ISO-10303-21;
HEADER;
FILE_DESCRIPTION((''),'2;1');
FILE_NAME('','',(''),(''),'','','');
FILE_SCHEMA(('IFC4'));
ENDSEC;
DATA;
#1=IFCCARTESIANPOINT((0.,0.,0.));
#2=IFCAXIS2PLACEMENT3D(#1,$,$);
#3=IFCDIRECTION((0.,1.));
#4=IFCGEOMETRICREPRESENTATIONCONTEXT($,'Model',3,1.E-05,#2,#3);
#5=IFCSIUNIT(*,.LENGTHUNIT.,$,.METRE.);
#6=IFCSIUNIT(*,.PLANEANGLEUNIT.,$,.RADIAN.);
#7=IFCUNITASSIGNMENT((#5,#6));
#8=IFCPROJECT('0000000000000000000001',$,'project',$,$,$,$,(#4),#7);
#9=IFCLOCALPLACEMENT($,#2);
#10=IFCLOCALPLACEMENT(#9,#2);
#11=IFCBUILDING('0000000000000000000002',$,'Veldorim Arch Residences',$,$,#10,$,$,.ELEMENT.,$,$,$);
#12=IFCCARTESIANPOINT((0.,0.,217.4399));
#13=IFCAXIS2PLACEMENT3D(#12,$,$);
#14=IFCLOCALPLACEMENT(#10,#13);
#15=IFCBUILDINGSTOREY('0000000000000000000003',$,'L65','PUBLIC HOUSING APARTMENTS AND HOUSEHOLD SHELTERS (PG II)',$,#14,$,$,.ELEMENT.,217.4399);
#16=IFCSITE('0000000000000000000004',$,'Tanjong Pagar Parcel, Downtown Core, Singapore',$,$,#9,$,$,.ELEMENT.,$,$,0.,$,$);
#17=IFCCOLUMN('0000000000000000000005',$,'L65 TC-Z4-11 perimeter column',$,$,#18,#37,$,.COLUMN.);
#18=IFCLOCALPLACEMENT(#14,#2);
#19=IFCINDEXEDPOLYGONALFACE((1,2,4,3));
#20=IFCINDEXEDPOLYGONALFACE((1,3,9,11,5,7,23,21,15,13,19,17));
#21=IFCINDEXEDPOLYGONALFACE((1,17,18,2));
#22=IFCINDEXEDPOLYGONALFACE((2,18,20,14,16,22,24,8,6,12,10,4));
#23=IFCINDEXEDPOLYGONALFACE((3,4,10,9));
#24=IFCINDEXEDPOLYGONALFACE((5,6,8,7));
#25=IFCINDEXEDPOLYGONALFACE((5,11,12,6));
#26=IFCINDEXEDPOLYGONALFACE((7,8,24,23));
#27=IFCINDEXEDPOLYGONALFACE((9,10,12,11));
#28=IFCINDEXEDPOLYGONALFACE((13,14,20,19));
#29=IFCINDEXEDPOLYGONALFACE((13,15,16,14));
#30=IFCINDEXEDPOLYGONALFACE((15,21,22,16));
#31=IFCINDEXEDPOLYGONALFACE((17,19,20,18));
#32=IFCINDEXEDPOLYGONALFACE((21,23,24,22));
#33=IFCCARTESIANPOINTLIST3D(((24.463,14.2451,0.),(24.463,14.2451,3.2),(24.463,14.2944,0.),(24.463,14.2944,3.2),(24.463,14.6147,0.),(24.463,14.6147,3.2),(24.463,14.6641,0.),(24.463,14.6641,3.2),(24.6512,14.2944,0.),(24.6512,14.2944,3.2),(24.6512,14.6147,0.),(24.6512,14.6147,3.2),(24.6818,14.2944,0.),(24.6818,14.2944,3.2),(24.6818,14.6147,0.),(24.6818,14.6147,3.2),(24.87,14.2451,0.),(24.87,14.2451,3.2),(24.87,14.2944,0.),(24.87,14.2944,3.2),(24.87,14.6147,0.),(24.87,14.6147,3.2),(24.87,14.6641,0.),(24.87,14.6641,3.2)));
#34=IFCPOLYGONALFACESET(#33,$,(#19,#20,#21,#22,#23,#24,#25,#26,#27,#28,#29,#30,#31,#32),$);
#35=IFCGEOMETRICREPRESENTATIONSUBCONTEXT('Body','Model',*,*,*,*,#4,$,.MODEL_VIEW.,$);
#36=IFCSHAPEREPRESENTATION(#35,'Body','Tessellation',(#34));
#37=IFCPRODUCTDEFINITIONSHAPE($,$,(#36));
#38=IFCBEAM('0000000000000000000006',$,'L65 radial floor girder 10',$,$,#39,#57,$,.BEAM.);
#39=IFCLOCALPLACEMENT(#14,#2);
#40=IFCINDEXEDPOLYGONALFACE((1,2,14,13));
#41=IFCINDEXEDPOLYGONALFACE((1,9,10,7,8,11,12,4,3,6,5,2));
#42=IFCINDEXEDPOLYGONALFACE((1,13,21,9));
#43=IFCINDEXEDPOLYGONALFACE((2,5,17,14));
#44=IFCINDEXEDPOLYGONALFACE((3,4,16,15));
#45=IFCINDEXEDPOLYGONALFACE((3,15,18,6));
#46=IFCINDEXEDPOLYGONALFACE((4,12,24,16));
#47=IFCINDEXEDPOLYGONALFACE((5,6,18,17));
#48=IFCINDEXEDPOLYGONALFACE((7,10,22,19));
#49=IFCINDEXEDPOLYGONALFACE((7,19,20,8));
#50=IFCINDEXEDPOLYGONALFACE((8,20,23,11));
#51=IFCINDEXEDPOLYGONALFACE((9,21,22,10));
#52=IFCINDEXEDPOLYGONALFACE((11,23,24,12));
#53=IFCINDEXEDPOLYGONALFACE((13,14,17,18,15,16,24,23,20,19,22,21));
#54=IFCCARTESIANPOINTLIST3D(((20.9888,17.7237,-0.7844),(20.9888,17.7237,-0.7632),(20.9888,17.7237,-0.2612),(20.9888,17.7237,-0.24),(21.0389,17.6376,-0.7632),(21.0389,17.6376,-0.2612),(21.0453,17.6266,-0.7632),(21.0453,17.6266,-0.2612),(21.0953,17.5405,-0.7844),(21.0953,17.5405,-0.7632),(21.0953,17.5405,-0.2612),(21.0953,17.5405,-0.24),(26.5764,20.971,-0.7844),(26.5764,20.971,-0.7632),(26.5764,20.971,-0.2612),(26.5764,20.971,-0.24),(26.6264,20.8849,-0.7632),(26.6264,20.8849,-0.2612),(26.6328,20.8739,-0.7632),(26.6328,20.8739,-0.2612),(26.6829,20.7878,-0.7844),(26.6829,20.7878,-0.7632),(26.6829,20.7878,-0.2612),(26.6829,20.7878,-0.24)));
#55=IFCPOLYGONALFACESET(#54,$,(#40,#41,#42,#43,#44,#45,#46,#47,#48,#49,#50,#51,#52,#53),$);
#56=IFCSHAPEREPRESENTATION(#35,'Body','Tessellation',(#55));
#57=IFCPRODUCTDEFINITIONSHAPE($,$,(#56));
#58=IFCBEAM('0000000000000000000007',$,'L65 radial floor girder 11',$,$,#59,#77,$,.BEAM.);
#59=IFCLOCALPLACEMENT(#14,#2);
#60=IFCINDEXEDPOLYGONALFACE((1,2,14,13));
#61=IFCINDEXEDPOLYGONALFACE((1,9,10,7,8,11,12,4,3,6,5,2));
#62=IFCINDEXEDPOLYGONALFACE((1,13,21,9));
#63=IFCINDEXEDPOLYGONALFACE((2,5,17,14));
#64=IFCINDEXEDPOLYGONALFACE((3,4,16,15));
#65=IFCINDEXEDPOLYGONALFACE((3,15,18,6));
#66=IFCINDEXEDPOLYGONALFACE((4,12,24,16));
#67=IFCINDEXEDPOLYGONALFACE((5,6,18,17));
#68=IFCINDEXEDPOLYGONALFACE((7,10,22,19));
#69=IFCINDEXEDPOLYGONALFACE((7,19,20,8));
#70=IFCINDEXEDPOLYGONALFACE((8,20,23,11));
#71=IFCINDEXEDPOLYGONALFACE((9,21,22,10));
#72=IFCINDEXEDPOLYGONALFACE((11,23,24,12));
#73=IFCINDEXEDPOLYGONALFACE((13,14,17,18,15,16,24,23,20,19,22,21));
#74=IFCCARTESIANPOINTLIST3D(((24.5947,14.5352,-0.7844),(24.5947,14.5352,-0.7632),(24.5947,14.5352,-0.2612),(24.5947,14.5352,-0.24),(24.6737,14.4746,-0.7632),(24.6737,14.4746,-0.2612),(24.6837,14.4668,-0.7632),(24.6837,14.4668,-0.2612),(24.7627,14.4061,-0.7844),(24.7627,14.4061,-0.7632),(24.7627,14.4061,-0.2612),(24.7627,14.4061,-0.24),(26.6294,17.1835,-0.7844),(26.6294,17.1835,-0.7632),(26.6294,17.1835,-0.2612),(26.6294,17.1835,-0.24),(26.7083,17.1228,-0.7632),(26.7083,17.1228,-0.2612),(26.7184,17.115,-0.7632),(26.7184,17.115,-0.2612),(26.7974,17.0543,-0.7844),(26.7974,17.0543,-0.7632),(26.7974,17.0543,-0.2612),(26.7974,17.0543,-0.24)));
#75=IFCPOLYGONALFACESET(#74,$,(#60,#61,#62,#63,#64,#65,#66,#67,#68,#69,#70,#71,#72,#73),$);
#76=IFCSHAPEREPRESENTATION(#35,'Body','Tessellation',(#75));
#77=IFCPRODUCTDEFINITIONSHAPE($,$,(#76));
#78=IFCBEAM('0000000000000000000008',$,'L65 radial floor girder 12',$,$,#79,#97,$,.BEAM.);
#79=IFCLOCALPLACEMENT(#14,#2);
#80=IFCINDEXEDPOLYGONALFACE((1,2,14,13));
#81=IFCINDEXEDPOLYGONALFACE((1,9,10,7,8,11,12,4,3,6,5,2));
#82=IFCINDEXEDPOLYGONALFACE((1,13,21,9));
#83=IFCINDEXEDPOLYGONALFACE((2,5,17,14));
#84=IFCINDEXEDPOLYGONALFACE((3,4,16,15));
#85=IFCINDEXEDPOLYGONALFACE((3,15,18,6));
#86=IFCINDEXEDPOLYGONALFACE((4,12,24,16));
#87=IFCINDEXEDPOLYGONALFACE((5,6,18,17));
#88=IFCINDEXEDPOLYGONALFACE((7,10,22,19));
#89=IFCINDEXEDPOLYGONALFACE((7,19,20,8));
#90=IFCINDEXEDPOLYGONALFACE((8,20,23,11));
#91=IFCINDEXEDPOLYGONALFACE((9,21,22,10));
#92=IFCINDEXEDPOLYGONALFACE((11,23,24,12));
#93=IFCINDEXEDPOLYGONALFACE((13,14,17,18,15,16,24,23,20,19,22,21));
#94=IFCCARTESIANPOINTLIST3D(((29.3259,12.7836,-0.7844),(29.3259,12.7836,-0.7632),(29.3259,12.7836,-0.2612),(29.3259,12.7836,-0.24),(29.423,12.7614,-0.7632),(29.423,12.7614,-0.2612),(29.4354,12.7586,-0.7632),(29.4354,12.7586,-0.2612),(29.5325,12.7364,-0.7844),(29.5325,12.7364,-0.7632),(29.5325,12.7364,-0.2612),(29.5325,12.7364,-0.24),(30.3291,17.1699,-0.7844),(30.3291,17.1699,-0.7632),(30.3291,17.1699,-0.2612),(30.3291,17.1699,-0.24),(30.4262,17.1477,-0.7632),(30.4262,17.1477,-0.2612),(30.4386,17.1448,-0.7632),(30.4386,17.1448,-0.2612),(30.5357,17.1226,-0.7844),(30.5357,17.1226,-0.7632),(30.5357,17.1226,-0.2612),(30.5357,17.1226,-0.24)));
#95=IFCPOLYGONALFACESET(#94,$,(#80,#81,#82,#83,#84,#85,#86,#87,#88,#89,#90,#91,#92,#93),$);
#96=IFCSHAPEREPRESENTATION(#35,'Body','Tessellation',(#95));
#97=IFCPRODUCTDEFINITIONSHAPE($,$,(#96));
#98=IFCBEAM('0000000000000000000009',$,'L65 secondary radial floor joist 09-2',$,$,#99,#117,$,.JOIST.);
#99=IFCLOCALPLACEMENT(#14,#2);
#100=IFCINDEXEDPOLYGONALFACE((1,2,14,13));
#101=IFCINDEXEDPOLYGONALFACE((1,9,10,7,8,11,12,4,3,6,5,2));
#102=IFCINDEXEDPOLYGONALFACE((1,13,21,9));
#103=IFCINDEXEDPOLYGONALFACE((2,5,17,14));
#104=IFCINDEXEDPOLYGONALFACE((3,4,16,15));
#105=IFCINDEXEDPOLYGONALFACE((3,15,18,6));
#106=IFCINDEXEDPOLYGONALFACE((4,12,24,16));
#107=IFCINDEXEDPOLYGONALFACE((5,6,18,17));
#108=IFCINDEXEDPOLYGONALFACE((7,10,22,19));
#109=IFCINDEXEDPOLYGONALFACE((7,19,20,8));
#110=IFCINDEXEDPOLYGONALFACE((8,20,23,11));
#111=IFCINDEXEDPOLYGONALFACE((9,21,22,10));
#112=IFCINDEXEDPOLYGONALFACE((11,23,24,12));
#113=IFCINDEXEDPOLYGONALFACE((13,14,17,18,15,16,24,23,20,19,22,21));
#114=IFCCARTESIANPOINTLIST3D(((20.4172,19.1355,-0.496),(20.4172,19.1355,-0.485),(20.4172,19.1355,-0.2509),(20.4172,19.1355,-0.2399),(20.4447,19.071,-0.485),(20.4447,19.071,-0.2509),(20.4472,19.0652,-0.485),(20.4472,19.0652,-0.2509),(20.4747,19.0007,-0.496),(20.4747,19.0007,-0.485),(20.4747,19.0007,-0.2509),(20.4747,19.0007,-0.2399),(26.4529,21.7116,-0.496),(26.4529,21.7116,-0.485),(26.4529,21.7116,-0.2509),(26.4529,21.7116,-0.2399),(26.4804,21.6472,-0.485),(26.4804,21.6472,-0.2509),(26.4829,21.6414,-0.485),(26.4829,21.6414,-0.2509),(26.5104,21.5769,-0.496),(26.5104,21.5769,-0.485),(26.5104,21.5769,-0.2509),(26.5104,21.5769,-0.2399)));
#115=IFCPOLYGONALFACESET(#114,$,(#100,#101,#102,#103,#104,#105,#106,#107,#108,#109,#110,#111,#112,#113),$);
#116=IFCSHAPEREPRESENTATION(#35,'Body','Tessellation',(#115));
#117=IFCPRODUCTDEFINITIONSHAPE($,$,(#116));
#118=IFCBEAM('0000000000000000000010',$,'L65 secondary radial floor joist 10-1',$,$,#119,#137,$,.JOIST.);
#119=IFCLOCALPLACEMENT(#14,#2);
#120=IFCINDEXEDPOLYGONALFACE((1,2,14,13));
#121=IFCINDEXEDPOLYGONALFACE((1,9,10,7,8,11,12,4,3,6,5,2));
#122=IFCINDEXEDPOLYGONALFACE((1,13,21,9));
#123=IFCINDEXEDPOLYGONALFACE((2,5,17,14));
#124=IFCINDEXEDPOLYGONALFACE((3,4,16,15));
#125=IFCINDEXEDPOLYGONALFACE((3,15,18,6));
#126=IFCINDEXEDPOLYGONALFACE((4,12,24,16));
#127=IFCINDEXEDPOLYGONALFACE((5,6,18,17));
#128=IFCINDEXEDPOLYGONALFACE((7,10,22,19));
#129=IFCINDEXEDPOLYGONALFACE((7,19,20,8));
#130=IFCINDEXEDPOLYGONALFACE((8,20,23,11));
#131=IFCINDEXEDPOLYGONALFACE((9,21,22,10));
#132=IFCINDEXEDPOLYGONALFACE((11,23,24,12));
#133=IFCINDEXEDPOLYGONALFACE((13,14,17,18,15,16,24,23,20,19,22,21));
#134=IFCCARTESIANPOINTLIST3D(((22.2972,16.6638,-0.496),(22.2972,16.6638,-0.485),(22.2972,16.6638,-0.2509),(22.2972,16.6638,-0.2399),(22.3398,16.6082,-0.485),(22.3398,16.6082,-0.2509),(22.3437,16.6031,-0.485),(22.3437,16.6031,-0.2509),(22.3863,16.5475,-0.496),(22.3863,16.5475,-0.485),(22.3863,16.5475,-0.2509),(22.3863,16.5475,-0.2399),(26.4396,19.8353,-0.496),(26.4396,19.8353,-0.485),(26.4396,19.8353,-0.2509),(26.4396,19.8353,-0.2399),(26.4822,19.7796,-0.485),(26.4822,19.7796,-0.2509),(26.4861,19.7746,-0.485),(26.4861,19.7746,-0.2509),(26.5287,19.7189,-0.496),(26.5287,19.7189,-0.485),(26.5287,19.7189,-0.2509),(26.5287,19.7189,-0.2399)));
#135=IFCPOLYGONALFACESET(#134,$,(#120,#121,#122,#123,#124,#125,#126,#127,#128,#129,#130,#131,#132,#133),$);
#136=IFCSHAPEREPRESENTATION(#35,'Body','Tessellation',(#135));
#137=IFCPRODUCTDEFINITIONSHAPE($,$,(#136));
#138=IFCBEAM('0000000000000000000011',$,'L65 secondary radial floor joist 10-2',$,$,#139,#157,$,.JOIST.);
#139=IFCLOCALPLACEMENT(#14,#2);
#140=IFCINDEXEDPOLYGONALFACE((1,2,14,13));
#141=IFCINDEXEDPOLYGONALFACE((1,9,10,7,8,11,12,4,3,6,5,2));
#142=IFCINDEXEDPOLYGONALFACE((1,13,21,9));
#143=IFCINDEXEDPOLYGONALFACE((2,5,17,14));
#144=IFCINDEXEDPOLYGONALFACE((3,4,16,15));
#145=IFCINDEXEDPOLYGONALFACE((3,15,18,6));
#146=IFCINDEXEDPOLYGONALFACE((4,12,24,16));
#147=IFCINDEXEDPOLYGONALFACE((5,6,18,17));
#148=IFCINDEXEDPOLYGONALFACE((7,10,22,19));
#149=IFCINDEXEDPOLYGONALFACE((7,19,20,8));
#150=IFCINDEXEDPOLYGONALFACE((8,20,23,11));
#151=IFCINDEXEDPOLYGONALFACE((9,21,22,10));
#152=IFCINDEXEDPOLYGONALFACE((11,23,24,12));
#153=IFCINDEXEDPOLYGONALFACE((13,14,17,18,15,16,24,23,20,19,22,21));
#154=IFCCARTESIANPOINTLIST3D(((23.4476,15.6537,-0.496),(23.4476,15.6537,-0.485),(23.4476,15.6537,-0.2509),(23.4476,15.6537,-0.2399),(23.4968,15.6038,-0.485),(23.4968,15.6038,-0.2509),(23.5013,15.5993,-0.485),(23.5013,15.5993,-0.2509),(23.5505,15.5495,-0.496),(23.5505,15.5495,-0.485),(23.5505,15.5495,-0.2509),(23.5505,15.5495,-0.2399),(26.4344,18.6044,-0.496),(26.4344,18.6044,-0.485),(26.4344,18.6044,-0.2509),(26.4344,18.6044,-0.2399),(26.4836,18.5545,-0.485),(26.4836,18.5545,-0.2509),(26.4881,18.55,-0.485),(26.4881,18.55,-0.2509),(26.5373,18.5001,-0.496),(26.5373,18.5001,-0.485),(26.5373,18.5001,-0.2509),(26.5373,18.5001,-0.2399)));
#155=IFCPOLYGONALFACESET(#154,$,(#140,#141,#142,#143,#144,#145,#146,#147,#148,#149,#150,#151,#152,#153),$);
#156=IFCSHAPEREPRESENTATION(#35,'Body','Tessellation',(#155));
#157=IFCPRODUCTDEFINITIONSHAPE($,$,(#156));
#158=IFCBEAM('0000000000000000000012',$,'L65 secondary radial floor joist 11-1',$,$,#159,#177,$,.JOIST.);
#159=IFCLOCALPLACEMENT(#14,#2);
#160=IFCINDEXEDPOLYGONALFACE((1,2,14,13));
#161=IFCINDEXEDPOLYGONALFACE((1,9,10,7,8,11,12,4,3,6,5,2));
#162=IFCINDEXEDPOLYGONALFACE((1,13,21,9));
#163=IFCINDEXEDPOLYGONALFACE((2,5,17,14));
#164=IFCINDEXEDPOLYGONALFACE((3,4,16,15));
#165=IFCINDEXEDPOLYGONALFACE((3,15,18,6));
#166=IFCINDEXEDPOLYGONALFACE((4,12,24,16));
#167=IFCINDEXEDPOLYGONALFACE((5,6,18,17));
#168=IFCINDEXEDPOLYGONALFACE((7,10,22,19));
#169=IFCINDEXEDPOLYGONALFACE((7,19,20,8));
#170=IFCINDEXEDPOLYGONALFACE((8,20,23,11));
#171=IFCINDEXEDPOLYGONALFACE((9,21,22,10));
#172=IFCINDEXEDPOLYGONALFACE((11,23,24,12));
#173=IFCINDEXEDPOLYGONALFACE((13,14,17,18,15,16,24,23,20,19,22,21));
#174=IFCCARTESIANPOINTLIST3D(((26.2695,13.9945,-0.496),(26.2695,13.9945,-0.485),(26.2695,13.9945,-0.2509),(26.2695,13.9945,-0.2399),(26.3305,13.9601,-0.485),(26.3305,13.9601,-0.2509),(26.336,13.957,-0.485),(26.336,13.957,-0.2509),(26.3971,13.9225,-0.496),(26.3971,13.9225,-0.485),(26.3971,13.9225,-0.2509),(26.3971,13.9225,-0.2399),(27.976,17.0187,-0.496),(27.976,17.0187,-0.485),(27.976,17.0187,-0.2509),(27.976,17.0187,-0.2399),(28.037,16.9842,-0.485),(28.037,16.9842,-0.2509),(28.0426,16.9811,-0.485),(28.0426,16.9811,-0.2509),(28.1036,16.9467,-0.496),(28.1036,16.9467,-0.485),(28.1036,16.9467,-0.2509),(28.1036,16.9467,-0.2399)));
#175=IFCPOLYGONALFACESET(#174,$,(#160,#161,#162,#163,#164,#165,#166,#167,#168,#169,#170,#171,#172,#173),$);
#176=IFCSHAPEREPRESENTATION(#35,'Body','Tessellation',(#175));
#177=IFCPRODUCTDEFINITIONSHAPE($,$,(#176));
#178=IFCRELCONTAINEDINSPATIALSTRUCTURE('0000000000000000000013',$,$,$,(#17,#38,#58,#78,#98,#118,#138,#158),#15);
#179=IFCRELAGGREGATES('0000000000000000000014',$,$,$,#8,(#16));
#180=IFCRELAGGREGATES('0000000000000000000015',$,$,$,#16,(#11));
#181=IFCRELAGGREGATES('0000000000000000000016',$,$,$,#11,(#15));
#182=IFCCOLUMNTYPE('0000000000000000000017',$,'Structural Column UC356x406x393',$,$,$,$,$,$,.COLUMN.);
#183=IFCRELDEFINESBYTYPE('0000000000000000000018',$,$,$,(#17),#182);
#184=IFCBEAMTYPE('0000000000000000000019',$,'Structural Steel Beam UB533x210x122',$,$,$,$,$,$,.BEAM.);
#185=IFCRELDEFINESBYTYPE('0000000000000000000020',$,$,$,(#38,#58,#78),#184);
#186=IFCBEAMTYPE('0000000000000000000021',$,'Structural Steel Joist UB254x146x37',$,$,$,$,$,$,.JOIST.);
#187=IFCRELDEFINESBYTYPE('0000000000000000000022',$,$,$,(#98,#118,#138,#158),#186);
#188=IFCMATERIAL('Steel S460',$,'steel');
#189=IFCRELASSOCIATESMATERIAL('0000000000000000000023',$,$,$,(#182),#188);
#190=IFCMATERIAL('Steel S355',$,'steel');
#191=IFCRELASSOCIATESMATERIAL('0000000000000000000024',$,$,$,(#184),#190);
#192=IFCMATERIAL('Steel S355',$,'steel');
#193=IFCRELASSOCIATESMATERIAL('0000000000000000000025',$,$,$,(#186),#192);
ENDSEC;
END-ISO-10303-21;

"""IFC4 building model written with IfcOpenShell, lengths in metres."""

from ifc_helpers import new_model, si_unit, direction, frame, origin, origin_2d, place, context, subcontext, project, spatial, i_section, extrude, material, material_profile, profile_set, type_object, element, save


model = new_model("IFC4")

# Units and contexts
model_context = context("Model", 3, precision=1e-05, world=origin(), true_north=direction((0.0, 1.0)))
body_context = subcontext(model_context, "Body", "Model", "MODEL_VIEW")
ifc_project = project(units=[si_unit("LENGTHUNIT", "METRE"), si_unit("PLANEANGLEUNIT", "RADIAN")], contexts=[model_context])

# Site, building, storey
site_placement = place(None, origin())
site = spatial("IfcSite", under=ifc_project, at=site_placement, Name="Tanjong Pagar Parcel, Downtown Core, Singapore", CompositionType="ELEMENT", RefElevation=0.0)
building_placement = place(site_placement, origin())
building = spatial("IfcBuilding", under=site, at=building_placement, Name="Veldorim Arch Residences", CompositionType="ELEMENT")
storey_placement = place(building_placement, frame((0.0, 0.0, 217.4399)))
storey = spatial("IfcBuildingStorey", under=building, at=storey_placement, Name="L65", Description="PUBLIC HOUSING APARTMENTS AND HOUSEHOLD SHELTERS (PG II)", CompositionType="ELEMENT", Elevation=217.4399)

# Column
ifc_material_1 = material(Name="Steel S460", Category="steel")
ifc_material_profile_1 = material_profile(ifc_material_1, i_section(OverallWidth=0.407, OverallDepth=0.4189, WebThickness=0.0305, FlangeThickness=0.0493, at=origin_2d()), Name="UC356x406x393")
ifc_profile_set_1 = profile_set([ifc_material_profile_1], Name="Steel S460")
column_type = type_object("IfcColumnType", Name="Structural Column UC356x406x393", PredefinedType="COLUMN", material=ifc_profile_set_1)
column_placement = place(storey_placement, frame((24.6665, 14.4546, 0.0), z_axis=(0.0, 0.0, 1.0), x_axis=(1.0, 0.0, 0.0)))
element("IfcColumn", 1, at=column_placement, inside=storey, type_object=column_type, Name="L65 TC-Z4-11 perimeter column", PredefinedType="COLUMN", context=body_context, shape_type="SweptSolid", body=[
    extrude(i_section(OverallWidth=0.407, OverallDepth=0.4189, WebThickness=0.0305, FlangeThickness=0.0493, at=origin_2d()), origin(), (0.0, 0.0, 1.0), 3.2),
])

# Beams
ifc_material_2 = material(Name="Steel S355", Category="steel")
ifc_material_profile_2 = material_profile(ifc_material_2, i_section(OverallWidth=0.2119, OverallDepth=0.5444, WebThickness=0.0127, FlangeThickness=0.0212, at=origin_2d()), Name="UB533x210x122")
ifc_profile_set_2 = profile_set([ifc_material_profile_2], Name="Steel S355")
beam_type_1 = type_object("IfcBeamType", Name="Structural Steel Beam UB533x210x122", PredefinedType="BEAM", material=ifc_profile_set_2)
beam_1_placement = place(storey_placement, frame((26.6296, 20.8794, -0.5122), z_axis=(-0.864596, -0.502468, 0.0), x_axis=(0.502468, -0.864596, 0.0)))
element("IfcBeam", 2, at=beam_1_placement, inside=storey, type_object=beam_type_1, Name="L65 radial floor girder 10", PredefinedType="BEAM", context=body_context, shape_type="SweptSolid", body=[
    extrude(i_section(OverallWidth=0.2119, OverallDepth=0.5444, WebThickness=0.0127, FlangeThickness=0.0212, at=origin_2d()), origin(), (0.0, 0.0, 1.0), 6.4626),
])
beam_2_placement = place(storey_placement, frame((26.7134, 17.1189, -0.5122), z_axis=(-0.609258, -0.792972, 0.0), x_axis=(0.792972, -0.609258, 0.0)))
element("IfcBeam", 3, at=beam_2_placement, inside=storey, type_object=beam_type_1, Name="L65 radial floor girder 11", PredefinedType="BEAM", context=body_context, shape_type="SweptSolid", body=[
    extrude(i_section(OverallWidth=0.2119, OverallDepth=0.5444, WebThickness=0.0127, FlangeThickness=0.0212, at=origin_2d()), origin(), (0.0, 0.0, 1.0), 3.3396),
])
beam_3_placement = place(storey_placement, frame((30.4324, 17.1462, -0.5122), z_axis=(-0.222953, -0.974829, 0.0), x_axis=(0.974829, -0.222953, 0.0)))
element("IfcBeam", 4, at=beam_3_placement, inside=storey, type_object=beam_type_1, Name="L65 radial floor girder 12", PredefinedType="BEAM", context=body_context, shape_type="SweptSolid", body=[
    extrude(i_section(OverallWidth=0.2119, OverallDepth=0.5444, WebThickness=0.0127, FlangeThickness=0.0212, at=origin_2d()), origin(), (0.0, 0.0, 1.0), 4.4995),
])
ifc_material_3 = material(Name="Steel S355", Category="steel")
ifc_material_profile_3 = material_profile(ifc_material_3, i_section(OverallWidth=0.1465, OverallDepth=0.2561, WebThickness=0.0063, FlangeThickness=0.011, at=origin_2d()), Name="UB254x146x37")
ifc_profile_set_3 = profile_set([ifc_material_profile_3], Name="Steel S355")
beam_type_2 = type_object("IfcBeamType", Name="Structural Steel Joist UB254x146x37", PredefinedType="JOIST", material=ifc_profile_set_3)
beam_4_placement = place(storey_placement, frame((26.4817, 21.6443, -0.3679), z_axis=(-0.919725, -0.392563, 0.0), x_axis=(0.392563, -0.919725, 0.0)))
element("IfcBeam", 5, at=beam_4_placement, inside=storey, type_object=beam_type_2, Name="L65 secondary radial floor joist 09-2", PredefinedType="JOIST", context=body_context, shape_type="SweptSolid", body=[
    extrude(i_section(OverallWidth=0.1465, OverallDepth=0.2561, WebThickness=0.0063, FlangeThickness=0.011, at=origin_2d()), origin(), (0.0, 0.0, 1.0), 6.5625),
])
beam_5_placement = place(storey_placement, frame((26.4841, 19.7771, -0.3679), z_axis=(-0.794014, -0.6079, 0.0), x_axis=(0.6079, -0.794014, 0.0)))
element("IfcBeam", 6, at=beam_5_placement, inside=storey, type_object=beam_type_2, Name="L65 secondary radial floor joist 10-1", PredefinedType="JOIST", context=body_context, shape_type="SweptSolid", body=[
    extrude(i_section(OverallWidth=0.1465, OverallDepth=0.2561, WebThickness=0.0063, FlangeThickness=0.011, at=origin_2d()), origin(), (0.0, 0.0, 1.0), 5.217),
])
beam_6_placement = place(storey_placement, frame((26.4858, 18.5522, -0.3679), z_axis=(-0.711397, -0.702791, 0.0), x_axis=(0.702791, -0.711397, 0.0)))
element("IfcBeam", 7, at=beam_6_placement, inside=storey, type_object=beam_type_2, Name="L65 secondary radial floor joist 10-2", PredefinedType="JOIST", context=body_context, shape_type="SweptSolid", body=[
    extrude(i_section(OverallWidth=0.1465, OverallDepth=0.2561, WebThickness=0.0063, FlangeThickness=0.011, at=origin_2d()), origin(), (0.0, 0.0, 1.0), 4.1985),
])
beam_7_placement = place(storey_placement, frame((28.0398, 16.9827, -0.3679), z_axis=(-0.491452, -0.870904, 0.0), x_axis=(0.870904, -0.491452, 0.0)))
element("IfcBeam", 8, at=beam_7_placement, inside=storey, type_object=beam_type_2, Name="L65 secondary radial floor joist 11-1", PredefinedType="JOIST", context=body_context, shape_type="SweptSolid", body=[
    extrude(i_section(OverallWidth=0.1465, OverallDepth=0.2561, WebThickness=0.0063, FlangeThickness=0.011, at=origin_2d()), origin(), (0.0, 0.0, 1.0), 3.4724),
])

save(model, "model.ifc")
